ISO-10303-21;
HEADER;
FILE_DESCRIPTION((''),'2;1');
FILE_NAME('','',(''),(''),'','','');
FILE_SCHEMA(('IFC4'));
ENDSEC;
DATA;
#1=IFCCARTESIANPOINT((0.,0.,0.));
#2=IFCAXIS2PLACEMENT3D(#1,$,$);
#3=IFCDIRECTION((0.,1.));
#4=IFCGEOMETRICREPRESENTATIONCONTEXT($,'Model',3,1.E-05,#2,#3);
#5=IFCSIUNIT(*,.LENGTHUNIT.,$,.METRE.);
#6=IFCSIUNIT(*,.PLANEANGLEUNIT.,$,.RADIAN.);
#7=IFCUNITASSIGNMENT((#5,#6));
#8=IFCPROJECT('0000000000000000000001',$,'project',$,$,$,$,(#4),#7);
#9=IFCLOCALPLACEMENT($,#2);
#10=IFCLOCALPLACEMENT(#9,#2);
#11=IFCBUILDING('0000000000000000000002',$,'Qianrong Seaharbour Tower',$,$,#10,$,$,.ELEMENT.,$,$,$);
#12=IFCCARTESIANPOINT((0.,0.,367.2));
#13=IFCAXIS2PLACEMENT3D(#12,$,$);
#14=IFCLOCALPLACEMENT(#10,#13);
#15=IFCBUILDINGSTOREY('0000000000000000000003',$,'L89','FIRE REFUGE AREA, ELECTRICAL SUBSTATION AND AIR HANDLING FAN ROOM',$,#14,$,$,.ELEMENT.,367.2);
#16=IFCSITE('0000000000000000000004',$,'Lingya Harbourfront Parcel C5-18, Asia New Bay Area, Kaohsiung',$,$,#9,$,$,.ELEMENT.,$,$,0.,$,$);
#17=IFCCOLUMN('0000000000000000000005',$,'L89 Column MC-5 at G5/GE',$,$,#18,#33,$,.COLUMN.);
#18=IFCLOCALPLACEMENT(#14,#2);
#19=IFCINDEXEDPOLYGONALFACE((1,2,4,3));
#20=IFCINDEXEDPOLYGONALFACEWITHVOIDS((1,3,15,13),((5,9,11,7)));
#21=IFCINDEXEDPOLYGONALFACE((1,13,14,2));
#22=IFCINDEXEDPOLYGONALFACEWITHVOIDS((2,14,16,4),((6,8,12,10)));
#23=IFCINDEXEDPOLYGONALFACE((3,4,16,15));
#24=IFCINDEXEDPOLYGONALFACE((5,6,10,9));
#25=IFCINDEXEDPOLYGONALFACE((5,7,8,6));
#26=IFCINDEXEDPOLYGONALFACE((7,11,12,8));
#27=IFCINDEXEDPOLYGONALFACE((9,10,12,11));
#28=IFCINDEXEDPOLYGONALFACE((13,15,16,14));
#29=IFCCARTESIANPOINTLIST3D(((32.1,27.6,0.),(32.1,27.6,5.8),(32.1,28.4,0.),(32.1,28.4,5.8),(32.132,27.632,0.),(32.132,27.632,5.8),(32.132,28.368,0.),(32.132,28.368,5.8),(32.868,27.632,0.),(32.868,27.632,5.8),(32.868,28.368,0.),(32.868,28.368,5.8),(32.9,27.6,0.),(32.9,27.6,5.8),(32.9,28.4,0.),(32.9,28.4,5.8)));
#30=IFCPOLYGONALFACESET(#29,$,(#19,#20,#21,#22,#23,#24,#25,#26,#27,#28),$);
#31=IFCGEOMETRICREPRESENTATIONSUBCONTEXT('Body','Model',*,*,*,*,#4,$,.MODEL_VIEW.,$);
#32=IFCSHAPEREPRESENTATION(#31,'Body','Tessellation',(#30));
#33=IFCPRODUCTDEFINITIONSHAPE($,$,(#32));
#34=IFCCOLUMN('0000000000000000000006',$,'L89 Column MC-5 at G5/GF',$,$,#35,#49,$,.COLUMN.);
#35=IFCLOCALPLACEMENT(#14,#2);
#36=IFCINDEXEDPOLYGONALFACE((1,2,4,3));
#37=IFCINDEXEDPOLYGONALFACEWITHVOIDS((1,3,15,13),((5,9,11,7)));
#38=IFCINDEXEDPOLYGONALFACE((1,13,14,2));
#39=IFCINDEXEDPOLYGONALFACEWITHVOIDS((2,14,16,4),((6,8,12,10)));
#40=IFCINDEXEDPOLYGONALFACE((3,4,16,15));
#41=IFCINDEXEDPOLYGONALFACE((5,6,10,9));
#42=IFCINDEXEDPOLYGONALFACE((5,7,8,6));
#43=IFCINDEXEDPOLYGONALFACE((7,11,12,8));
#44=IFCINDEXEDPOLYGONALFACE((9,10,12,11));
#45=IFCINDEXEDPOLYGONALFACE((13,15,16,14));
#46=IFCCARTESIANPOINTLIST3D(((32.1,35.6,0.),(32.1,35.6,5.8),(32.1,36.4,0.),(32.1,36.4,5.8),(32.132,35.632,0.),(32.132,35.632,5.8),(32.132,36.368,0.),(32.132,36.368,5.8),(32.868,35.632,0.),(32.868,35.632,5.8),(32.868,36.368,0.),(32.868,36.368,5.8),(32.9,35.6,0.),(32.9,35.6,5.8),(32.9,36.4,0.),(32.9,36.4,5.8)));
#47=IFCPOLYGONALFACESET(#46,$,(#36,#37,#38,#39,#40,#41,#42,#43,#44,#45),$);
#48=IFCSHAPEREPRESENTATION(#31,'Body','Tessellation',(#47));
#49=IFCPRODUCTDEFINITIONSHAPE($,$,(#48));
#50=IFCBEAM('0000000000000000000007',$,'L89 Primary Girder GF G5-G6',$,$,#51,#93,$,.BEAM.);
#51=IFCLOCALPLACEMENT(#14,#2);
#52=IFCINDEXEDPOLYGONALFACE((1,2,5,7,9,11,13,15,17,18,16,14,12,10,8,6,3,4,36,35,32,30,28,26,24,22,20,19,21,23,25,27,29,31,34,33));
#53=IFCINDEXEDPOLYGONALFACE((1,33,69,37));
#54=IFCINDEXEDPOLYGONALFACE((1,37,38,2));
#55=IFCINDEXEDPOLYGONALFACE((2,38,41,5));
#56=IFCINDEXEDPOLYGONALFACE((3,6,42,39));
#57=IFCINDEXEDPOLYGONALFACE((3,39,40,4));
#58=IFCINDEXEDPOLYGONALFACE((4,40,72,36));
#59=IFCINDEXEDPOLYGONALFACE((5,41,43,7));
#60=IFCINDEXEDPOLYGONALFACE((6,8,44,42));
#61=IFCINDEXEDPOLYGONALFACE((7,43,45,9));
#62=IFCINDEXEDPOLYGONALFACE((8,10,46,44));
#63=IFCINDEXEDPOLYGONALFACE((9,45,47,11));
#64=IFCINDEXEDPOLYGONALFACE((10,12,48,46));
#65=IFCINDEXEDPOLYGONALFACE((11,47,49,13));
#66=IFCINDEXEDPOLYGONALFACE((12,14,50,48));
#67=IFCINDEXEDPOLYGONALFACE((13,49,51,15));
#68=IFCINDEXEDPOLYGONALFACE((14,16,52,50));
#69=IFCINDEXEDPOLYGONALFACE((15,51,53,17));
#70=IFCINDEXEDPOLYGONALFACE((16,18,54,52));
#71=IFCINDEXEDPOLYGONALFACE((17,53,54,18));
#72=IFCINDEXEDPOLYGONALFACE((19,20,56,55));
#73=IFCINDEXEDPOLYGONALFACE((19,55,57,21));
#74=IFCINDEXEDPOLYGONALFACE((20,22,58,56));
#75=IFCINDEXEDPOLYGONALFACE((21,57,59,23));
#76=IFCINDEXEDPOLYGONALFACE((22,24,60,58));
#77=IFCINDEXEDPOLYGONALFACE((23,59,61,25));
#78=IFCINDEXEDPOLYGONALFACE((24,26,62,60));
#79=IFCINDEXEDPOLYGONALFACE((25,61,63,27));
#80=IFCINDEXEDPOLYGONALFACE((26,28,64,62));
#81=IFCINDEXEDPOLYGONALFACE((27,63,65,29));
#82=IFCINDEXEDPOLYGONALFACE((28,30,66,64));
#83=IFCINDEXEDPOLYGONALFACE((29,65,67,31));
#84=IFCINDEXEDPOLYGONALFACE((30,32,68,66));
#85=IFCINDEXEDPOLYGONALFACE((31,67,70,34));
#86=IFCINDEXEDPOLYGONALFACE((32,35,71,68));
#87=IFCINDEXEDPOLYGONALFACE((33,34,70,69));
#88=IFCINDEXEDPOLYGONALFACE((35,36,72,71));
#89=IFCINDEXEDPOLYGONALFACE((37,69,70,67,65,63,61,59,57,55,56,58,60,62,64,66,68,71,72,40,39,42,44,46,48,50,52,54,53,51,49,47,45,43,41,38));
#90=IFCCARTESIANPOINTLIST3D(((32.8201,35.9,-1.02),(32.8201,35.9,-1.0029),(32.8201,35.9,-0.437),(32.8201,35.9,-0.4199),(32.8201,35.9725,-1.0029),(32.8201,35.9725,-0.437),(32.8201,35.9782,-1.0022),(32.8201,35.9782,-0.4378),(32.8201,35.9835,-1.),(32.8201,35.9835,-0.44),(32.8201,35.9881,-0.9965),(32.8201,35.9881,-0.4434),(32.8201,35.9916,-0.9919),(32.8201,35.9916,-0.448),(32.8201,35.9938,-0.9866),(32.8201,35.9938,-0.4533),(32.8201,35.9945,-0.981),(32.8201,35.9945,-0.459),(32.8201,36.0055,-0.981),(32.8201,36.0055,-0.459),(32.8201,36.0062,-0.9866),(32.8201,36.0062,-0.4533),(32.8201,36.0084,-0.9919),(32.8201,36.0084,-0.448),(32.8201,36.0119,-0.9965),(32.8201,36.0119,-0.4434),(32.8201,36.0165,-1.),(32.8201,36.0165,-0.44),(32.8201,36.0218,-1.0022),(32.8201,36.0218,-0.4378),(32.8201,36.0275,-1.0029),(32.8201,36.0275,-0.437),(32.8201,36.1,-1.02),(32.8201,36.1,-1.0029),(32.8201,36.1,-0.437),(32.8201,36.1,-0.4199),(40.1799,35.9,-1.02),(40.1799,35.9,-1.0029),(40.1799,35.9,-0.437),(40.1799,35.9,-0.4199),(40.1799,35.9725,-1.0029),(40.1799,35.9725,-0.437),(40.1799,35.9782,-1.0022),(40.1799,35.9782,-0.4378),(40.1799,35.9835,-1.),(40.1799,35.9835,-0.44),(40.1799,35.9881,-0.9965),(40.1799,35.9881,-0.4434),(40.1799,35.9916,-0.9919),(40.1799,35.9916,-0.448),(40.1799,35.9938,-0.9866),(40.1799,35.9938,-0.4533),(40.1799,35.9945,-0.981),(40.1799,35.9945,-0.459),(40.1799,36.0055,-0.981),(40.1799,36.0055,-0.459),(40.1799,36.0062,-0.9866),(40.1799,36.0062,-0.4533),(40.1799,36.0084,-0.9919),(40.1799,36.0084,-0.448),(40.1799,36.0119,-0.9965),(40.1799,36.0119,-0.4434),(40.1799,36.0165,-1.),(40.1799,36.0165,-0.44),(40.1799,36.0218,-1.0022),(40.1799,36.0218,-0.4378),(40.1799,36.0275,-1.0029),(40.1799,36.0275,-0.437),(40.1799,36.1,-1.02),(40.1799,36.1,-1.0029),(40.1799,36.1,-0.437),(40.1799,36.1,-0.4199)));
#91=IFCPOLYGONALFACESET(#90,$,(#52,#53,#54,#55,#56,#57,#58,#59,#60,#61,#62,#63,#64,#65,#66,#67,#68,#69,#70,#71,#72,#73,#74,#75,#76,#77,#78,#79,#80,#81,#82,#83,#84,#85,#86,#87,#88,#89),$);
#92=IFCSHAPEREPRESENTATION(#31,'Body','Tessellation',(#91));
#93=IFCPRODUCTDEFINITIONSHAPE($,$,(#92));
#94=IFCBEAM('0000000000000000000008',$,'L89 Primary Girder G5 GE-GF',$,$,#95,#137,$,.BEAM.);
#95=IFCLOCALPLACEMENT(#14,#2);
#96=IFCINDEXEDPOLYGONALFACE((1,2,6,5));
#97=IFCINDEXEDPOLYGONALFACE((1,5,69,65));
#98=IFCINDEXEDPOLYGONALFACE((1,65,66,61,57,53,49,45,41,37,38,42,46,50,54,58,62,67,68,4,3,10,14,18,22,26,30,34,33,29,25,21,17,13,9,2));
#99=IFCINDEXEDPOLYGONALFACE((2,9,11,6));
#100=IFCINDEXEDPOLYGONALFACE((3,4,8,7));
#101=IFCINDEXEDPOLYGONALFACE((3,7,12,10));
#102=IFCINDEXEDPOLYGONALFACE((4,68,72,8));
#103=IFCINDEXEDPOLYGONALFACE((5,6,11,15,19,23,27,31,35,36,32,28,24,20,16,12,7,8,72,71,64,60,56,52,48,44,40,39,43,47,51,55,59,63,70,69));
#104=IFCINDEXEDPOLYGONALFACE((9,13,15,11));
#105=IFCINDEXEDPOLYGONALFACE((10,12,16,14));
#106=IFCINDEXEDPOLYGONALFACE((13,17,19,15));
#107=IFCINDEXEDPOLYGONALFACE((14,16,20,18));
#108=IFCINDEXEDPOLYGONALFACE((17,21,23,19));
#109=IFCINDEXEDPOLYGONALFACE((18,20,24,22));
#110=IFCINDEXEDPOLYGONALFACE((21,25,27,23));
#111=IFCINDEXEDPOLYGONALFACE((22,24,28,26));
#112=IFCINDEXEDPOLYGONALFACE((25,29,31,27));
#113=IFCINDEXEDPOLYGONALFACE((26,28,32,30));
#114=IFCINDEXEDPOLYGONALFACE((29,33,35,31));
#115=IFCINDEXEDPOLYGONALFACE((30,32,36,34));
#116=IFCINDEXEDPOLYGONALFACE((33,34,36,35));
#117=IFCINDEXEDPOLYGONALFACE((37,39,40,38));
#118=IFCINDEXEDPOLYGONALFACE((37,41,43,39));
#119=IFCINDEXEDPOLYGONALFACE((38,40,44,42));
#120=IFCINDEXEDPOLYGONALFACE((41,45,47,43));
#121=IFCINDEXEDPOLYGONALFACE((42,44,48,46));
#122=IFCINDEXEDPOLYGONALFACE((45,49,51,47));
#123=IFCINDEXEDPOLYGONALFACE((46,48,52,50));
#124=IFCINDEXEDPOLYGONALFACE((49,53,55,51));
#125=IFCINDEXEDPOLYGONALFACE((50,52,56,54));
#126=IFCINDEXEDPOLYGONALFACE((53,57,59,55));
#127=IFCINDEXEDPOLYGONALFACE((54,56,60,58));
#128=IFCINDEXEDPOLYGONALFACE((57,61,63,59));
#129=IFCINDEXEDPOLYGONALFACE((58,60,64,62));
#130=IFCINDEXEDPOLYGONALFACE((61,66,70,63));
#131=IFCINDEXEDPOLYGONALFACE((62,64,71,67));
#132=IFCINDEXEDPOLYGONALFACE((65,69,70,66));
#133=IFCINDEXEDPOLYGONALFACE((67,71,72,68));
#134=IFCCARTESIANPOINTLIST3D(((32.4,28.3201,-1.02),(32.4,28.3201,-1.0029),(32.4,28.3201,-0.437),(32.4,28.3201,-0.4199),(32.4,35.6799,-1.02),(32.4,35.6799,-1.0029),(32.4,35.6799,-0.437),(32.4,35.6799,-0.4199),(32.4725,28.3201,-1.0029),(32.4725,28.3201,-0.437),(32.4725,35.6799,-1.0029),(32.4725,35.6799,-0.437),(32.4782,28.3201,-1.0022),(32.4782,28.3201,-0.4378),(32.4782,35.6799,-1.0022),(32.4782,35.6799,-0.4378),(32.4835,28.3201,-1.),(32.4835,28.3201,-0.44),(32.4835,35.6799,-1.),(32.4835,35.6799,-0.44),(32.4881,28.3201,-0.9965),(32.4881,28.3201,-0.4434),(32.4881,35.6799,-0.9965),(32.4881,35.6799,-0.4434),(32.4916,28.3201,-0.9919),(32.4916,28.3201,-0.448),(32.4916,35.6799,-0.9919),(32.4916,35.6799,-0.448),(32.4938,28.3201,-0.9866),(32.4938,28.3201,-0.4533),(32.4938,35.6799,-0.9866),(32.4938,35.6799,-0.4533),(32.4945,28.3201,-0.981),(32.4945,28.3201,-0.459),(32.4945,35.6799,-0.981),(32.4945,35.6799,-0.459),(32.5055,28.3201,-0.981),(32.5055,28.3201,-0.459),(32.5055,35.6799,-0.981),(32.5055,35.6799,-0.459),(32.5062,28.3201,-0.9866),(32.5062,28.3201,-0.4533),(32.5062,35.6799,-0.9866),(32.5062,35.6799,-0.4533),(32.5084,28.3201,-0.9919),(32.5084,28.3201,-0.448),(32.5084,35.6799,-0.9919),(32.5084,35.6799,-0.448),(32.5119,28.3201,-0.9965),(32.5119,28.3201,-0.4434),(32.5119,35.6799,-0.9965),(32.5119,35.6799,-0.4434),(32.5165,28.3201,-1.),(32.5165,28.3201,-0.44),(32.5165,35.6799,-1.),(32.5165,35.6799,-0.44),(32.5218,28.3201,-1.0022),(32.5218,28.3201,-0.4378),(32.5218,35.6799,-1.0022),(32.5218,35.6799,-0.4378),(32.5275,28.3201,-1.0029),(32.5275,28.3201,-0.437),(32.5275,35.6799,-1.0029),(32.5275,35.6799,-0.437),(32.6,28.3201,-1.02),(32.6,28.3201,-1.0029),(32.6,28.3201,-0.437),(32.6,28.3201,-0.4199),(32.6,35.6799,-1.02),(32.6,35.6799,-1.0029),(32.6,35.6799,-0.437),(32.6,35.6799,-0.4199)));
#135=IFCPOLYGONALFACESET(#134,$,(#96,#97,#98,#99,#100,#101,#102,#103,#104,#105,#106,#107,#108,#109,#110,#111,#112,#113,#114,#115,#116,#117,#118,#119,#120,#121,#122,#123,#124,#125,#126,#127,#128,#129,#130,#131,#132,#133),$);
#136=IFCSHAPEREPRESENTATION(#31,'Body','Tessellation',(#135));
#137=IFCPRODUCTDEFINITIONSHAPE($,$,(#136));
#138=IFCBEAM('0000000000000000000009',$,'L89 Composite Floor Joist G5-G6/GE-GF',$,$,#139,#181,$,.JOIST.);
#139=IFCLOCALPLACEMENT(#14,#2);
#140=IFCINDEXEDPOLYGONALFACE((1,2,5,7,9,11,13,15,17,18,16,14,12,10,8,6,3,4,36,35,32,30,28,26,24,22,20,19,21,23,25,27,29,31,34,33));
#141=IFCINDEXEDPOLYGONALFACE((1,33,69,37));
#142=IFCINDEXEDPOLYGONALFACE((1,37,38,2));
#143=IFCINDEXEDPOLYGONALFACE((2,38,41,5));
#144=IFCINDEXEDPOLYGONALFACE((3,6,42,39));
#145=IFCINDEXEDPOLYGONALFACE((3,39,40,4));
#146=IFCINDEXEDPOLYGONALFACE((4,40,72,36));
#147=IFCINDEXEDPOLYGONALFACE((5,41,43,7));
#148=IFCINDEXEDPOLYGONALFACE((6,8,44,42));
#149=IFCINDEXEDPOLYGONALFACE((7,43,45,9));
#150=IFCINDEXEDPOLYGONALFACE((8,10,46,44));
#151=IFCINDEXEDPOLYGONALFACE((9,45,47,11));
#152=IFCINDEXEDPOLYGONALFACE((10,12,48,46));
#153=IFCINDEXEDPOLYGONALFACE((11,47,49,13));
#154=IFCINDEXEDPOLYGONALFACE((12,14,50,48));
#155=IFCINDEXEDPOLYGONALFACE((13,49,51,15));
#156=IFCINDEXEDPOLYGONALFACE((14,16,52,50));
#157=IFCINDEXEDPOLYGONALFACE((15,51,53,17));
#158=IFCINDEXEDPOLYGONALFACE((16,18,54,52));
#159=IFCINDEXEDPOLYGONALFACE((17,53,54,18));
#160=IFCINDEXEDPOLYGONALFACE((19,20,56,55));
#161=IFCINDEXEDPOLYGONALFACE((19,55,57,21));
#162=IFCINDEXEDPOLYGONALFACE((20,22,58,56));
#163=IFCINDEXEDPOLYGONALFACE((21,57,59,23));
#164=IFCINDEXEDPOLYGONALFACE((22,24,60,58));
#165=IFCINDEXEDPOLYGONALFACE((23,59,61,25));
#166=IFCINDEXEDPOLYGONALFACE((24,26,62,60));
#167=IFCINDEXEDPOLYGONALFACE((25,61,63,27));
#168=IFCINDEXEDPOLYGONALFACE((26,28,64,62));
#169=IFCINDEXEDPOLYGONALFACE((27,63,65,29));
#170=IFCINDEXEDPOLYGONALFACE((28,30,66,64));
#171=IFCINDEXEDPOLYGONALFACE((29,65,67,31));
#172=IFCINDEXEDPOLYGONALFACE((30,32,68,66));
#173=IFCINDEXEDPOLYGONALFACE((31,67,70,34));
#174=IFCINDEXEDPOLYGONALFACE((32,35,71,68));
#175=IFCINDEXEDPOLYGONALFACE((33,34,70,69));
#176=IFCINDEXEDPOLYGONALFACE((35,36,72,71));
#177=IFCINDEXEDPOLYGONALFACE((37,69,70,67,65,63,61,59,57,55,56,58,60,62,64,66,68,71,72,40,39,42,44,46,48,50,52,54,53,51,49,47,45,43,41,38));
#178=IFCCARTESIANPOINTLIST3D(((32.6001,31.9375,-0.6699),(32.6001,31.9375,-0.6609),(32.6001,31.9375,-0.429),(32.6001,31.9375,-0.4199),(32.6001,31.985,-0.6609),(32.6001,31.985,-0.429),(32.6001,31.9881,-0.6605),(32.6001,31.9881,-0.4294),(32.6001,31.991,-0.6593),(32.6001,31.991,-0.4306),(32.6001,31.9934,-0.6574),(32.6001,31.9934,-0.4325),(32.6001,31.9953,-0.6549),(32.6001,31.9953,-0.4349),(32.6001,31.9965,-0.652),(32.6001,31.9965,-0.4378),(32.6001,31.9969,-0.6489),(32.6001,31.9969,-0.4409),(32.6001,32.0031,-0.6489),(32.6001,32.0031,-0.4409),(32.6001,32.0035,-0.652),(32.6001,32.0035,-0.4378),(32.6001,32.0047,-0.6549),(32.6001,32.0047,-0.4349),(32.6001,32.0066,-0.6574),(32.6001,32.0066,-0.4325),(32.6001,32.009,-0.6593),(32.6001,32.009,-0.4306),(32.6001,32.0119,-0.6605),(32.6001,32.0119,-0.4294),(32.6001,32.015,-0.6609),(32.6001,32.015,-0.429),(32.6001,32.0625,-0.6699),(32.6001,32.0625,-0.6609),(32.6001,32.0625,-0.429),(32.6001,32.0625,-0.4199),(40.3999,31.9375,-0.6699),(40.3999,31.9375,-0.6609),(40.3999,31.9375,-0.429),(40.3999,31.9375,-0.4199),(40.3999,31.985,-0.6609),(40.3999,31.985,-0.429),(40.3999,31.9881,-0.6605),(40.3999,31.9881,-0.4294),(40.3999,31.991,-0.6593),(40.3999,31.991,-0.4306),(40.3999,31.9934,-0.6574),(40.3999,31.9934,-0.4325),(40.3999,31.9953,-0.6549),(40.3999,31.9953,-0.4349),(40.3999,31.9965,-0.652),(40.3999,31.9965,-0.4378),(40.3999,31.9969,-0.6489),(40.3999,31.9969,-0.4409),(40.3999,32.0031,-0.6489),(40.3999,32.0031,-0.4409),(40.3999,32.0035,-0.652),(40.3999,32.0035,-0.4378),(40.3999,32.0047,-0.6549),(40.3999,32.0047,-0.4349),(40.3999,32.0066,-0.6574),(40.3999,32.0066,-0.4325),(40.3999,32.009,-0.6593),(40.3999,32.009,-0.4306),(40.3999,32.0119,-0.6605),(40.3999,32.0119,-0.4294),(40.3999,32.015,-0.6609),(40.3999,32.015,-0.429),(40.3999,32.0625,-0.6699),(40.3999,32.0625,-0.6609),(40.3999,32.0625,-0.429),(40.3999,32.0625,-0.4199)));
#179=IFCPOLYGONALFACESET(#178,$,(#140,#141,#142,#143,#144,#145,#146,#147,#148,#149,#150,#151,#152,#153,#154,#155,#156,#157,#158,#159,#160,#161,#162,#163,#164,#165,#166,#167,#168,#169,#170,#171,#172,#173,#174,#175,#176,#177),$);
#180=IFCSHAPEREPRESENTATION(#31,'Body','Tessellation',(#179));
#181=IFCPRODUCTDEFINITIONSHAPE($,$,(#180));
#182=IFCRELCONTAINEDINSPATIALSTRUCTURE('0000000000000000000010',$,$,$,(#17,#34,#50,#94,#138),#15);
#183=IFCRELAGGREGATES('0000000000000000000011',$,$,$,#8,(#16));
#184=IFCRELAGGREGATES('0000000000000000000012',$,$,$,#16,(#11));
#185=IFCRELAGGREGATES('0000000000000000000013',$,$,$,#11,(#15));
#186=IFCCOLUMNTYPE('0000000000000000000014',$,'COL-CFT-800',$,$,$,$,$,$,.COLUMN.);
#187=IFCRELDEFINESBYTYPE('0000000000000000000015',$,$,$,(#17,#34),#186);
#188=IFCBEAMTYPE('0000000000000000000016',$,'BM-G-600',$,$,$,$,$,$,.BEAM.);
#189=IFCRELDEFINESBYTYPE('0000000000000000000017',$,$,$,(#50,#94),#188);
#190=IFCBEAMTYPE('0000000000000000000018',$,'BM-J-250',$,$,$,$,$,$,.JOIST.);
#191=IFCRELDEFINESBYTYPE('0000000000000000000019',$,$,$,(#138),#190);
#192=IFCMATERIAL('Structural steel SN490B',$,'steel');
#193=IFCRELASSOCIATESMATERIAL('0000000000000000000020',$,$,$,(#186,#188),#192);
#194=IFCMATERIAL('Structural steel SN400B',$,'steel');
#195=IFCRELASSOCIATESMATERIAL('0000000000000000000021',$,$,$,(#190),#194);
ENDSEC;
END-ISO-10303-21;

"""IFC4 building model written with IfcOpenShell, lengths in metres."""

from ifc_helpers import new_model, si_unit, direction, frame, origin, origin_2d, place, context, subcontext, project, spatial, hollow_rectangle, i_section, extrude, material, material_profile, profile_set, type_object, element, save


model = new_model("IFC4")

# Units and contexts
model_context = context("Model", 3, precision=1e-05, world=origin(), true_north=direction((0.0, 1.0)))
body_context = subcontext(model_context, "Body", "Model", "MODEL_VIEW")
ifc_project = project(units=[si_unit("LENGTHUNIT", "METRE"), si_unit("PLANEANGLEUNIT", "RADIAN")], contexts=[model_context])

# Site, building, storey
site_placement = place(None, origin())
site = spatial("IfcSite", under=ifc_project, at=site_placement, Name="Lingya Harbourfront Parcel C5-18, Asia New Bay Area, Kaohsiung", CompositionType="ELEMENT", RefElevation=0.0)
building_placement = place(site_placement, origin())
building = spatial("IfcBuilding", under=site, at=building_placement, Name="Qianrong Seaharbour Tower", CompositionType="ELEMENT")
storey_placement = place(building_placement, frame((0.0, 0.0, 367.2)))
storey = spatial("IfcBuildingStorey", under=building, at=storey_placement, Name="L89", Description="FIRE REFUGE AREA, ELECTRICAL SUBSTATION AND AIR HANDLING FAN ROOM", CompositionType="ELEMENT", Elevation=367.2)

# Columns
ifc_material_1 = material(Name="Structural steel SN490B", Category="steel")
ifc_material_profile_1 = material_profile(ifc_material_1, hollow_rectangle(XDim=0.8, YDim=0.8, WallThickness=0.032, at=origin_2d()), Name="BOX800x800x32")
ifc_profile_set_1 = profile_set([ifc_material_profile_1], Name="Structural steel SN490B")
column_type = type_object("IfcColumnType", Name="COL-CFT-800", PredefinedType="COLUMN", material=ifc_profile_set_1)
for number, where, z_axis, x_axis, name in (
    (1, (32.5, 28.0, 0.0), (0.0, 0.0, 1.0), (1.0, 0.0, 0.0), "L89 Column MC-5 at G5/GE"),
    (2, (32.5, 36.0, 0.0), (0.0, 0.0, 1.0), (1.0, 0.0, 0.0), "L89 Column MC-5 at G5/GF"),
):
    element("IfcColumn", number, at=place(storey_placement, frame(where, z_axis=z_axis, x_axis=x_axis)), inside=storey, type_object=column_type, Name=name, PredefinedType="COLUMN", context=body_context, shape_type="SweptSolid", body=[
        extrude(hollow_rectangle(XDim=0.8, YDim=0.8, WallThickness=0.032, at=origin_2d()), origin(), (0.0, 0.0, 1.0), 5.8),
    ])

# Beams
ifc_material_profile_2 = material_profile(ifc_material_1, i_section(OverallWidth=0.2, OverallDepth=0.6001, WebThickness=0.011, FlangeThickness=0.0171, FilletRadius=0.022, at=origin_2d()), Name="H600x200x11x17")
ifc_profile_set_2 = profile_set([ifc_material_profile_2], Name="Structural steel SN490B")
beam_type_1 = type_object("IfcBeamType", Name="BM-G-600", PredefinedType="BEAM", material=ifc_profile_set_2)
for number, where, z_axis, x_axis, name in (
    (3, (32.8201, 36.0, -0.72), (1.0, 0.0, 0.0), (0.0, 1.0, 0.0), "L89 Primary Girder GF G5-G6"),
    (4, (32.5, 28.3201, -0.72), (0.0, 1.0, 0.0), (-1.0, 0.0, 0.0), "L89 Primary Girder G5 GE-GF"),
):
    element("IfcBeam", number, at=place(storey_placement, frame(where, z_axis=z_axis, x_axis=x_axis)), inside=storey, type_object=beam_type_1, Name=name, PredefinedType="BEAM", context=body_context, shape_type="SweptSolid", body=[
        extrude(i_section(OverallWidth=0.2, OverallDepth=0.6001, WebThickness=0.011, FlangeThickness=0.0171, FilletRadius=0.022, at=origin_2d()), origin(), (0.0, 0.0, 1.0), 7.3599),
    ])
ifc_material_2 = material(Name="Structural steel SN400B", Category="steel")
ifc_material_profile_3 = material_profile(ifc_material_2, i_section(OverallWidth=0.125, OverallDepth=0.25, WebThickness=0.0061, FlangeThickness=0.009, FilletRadius=0.012, at=origin_2d()), Name="H250x125x6x9")
ifc_profile_set_3 = profile_set([ifc_material_profile_3], Name="Structural steel SN400B")
beam_type_2 = type_object("IfcBeamType", Name="BM-J-250", PredefinedType="JOIST", material=ifc_profile_set_3)
beam_1_placement = place(storey_placement, frame((32.6001, 32.0, -0.5449), z_axis=(1.0, 0.0, 0.0), x_axis=(0.0, 1.0, 0.0)))
element("IfcBeam", 5, at=beam_1_placement, inside=storey, type_object=beam_type_2, Name="L89 Composite Floor Joist G5-G6/GE-GF", PredefinedType="JOIST", context=body_context, shape_type="SweptSolid", body=[
    extrude(i_section(OverallWidth=0.125, OverallDepth=0.25, WebThickness=0.0061, FlangeThickness=0.009, FilletRadius=0.012, at=origin_2d()), origin(), (0.0, 0.0, 1.0), 7.7998),
])

save(model, "model.ifc")
